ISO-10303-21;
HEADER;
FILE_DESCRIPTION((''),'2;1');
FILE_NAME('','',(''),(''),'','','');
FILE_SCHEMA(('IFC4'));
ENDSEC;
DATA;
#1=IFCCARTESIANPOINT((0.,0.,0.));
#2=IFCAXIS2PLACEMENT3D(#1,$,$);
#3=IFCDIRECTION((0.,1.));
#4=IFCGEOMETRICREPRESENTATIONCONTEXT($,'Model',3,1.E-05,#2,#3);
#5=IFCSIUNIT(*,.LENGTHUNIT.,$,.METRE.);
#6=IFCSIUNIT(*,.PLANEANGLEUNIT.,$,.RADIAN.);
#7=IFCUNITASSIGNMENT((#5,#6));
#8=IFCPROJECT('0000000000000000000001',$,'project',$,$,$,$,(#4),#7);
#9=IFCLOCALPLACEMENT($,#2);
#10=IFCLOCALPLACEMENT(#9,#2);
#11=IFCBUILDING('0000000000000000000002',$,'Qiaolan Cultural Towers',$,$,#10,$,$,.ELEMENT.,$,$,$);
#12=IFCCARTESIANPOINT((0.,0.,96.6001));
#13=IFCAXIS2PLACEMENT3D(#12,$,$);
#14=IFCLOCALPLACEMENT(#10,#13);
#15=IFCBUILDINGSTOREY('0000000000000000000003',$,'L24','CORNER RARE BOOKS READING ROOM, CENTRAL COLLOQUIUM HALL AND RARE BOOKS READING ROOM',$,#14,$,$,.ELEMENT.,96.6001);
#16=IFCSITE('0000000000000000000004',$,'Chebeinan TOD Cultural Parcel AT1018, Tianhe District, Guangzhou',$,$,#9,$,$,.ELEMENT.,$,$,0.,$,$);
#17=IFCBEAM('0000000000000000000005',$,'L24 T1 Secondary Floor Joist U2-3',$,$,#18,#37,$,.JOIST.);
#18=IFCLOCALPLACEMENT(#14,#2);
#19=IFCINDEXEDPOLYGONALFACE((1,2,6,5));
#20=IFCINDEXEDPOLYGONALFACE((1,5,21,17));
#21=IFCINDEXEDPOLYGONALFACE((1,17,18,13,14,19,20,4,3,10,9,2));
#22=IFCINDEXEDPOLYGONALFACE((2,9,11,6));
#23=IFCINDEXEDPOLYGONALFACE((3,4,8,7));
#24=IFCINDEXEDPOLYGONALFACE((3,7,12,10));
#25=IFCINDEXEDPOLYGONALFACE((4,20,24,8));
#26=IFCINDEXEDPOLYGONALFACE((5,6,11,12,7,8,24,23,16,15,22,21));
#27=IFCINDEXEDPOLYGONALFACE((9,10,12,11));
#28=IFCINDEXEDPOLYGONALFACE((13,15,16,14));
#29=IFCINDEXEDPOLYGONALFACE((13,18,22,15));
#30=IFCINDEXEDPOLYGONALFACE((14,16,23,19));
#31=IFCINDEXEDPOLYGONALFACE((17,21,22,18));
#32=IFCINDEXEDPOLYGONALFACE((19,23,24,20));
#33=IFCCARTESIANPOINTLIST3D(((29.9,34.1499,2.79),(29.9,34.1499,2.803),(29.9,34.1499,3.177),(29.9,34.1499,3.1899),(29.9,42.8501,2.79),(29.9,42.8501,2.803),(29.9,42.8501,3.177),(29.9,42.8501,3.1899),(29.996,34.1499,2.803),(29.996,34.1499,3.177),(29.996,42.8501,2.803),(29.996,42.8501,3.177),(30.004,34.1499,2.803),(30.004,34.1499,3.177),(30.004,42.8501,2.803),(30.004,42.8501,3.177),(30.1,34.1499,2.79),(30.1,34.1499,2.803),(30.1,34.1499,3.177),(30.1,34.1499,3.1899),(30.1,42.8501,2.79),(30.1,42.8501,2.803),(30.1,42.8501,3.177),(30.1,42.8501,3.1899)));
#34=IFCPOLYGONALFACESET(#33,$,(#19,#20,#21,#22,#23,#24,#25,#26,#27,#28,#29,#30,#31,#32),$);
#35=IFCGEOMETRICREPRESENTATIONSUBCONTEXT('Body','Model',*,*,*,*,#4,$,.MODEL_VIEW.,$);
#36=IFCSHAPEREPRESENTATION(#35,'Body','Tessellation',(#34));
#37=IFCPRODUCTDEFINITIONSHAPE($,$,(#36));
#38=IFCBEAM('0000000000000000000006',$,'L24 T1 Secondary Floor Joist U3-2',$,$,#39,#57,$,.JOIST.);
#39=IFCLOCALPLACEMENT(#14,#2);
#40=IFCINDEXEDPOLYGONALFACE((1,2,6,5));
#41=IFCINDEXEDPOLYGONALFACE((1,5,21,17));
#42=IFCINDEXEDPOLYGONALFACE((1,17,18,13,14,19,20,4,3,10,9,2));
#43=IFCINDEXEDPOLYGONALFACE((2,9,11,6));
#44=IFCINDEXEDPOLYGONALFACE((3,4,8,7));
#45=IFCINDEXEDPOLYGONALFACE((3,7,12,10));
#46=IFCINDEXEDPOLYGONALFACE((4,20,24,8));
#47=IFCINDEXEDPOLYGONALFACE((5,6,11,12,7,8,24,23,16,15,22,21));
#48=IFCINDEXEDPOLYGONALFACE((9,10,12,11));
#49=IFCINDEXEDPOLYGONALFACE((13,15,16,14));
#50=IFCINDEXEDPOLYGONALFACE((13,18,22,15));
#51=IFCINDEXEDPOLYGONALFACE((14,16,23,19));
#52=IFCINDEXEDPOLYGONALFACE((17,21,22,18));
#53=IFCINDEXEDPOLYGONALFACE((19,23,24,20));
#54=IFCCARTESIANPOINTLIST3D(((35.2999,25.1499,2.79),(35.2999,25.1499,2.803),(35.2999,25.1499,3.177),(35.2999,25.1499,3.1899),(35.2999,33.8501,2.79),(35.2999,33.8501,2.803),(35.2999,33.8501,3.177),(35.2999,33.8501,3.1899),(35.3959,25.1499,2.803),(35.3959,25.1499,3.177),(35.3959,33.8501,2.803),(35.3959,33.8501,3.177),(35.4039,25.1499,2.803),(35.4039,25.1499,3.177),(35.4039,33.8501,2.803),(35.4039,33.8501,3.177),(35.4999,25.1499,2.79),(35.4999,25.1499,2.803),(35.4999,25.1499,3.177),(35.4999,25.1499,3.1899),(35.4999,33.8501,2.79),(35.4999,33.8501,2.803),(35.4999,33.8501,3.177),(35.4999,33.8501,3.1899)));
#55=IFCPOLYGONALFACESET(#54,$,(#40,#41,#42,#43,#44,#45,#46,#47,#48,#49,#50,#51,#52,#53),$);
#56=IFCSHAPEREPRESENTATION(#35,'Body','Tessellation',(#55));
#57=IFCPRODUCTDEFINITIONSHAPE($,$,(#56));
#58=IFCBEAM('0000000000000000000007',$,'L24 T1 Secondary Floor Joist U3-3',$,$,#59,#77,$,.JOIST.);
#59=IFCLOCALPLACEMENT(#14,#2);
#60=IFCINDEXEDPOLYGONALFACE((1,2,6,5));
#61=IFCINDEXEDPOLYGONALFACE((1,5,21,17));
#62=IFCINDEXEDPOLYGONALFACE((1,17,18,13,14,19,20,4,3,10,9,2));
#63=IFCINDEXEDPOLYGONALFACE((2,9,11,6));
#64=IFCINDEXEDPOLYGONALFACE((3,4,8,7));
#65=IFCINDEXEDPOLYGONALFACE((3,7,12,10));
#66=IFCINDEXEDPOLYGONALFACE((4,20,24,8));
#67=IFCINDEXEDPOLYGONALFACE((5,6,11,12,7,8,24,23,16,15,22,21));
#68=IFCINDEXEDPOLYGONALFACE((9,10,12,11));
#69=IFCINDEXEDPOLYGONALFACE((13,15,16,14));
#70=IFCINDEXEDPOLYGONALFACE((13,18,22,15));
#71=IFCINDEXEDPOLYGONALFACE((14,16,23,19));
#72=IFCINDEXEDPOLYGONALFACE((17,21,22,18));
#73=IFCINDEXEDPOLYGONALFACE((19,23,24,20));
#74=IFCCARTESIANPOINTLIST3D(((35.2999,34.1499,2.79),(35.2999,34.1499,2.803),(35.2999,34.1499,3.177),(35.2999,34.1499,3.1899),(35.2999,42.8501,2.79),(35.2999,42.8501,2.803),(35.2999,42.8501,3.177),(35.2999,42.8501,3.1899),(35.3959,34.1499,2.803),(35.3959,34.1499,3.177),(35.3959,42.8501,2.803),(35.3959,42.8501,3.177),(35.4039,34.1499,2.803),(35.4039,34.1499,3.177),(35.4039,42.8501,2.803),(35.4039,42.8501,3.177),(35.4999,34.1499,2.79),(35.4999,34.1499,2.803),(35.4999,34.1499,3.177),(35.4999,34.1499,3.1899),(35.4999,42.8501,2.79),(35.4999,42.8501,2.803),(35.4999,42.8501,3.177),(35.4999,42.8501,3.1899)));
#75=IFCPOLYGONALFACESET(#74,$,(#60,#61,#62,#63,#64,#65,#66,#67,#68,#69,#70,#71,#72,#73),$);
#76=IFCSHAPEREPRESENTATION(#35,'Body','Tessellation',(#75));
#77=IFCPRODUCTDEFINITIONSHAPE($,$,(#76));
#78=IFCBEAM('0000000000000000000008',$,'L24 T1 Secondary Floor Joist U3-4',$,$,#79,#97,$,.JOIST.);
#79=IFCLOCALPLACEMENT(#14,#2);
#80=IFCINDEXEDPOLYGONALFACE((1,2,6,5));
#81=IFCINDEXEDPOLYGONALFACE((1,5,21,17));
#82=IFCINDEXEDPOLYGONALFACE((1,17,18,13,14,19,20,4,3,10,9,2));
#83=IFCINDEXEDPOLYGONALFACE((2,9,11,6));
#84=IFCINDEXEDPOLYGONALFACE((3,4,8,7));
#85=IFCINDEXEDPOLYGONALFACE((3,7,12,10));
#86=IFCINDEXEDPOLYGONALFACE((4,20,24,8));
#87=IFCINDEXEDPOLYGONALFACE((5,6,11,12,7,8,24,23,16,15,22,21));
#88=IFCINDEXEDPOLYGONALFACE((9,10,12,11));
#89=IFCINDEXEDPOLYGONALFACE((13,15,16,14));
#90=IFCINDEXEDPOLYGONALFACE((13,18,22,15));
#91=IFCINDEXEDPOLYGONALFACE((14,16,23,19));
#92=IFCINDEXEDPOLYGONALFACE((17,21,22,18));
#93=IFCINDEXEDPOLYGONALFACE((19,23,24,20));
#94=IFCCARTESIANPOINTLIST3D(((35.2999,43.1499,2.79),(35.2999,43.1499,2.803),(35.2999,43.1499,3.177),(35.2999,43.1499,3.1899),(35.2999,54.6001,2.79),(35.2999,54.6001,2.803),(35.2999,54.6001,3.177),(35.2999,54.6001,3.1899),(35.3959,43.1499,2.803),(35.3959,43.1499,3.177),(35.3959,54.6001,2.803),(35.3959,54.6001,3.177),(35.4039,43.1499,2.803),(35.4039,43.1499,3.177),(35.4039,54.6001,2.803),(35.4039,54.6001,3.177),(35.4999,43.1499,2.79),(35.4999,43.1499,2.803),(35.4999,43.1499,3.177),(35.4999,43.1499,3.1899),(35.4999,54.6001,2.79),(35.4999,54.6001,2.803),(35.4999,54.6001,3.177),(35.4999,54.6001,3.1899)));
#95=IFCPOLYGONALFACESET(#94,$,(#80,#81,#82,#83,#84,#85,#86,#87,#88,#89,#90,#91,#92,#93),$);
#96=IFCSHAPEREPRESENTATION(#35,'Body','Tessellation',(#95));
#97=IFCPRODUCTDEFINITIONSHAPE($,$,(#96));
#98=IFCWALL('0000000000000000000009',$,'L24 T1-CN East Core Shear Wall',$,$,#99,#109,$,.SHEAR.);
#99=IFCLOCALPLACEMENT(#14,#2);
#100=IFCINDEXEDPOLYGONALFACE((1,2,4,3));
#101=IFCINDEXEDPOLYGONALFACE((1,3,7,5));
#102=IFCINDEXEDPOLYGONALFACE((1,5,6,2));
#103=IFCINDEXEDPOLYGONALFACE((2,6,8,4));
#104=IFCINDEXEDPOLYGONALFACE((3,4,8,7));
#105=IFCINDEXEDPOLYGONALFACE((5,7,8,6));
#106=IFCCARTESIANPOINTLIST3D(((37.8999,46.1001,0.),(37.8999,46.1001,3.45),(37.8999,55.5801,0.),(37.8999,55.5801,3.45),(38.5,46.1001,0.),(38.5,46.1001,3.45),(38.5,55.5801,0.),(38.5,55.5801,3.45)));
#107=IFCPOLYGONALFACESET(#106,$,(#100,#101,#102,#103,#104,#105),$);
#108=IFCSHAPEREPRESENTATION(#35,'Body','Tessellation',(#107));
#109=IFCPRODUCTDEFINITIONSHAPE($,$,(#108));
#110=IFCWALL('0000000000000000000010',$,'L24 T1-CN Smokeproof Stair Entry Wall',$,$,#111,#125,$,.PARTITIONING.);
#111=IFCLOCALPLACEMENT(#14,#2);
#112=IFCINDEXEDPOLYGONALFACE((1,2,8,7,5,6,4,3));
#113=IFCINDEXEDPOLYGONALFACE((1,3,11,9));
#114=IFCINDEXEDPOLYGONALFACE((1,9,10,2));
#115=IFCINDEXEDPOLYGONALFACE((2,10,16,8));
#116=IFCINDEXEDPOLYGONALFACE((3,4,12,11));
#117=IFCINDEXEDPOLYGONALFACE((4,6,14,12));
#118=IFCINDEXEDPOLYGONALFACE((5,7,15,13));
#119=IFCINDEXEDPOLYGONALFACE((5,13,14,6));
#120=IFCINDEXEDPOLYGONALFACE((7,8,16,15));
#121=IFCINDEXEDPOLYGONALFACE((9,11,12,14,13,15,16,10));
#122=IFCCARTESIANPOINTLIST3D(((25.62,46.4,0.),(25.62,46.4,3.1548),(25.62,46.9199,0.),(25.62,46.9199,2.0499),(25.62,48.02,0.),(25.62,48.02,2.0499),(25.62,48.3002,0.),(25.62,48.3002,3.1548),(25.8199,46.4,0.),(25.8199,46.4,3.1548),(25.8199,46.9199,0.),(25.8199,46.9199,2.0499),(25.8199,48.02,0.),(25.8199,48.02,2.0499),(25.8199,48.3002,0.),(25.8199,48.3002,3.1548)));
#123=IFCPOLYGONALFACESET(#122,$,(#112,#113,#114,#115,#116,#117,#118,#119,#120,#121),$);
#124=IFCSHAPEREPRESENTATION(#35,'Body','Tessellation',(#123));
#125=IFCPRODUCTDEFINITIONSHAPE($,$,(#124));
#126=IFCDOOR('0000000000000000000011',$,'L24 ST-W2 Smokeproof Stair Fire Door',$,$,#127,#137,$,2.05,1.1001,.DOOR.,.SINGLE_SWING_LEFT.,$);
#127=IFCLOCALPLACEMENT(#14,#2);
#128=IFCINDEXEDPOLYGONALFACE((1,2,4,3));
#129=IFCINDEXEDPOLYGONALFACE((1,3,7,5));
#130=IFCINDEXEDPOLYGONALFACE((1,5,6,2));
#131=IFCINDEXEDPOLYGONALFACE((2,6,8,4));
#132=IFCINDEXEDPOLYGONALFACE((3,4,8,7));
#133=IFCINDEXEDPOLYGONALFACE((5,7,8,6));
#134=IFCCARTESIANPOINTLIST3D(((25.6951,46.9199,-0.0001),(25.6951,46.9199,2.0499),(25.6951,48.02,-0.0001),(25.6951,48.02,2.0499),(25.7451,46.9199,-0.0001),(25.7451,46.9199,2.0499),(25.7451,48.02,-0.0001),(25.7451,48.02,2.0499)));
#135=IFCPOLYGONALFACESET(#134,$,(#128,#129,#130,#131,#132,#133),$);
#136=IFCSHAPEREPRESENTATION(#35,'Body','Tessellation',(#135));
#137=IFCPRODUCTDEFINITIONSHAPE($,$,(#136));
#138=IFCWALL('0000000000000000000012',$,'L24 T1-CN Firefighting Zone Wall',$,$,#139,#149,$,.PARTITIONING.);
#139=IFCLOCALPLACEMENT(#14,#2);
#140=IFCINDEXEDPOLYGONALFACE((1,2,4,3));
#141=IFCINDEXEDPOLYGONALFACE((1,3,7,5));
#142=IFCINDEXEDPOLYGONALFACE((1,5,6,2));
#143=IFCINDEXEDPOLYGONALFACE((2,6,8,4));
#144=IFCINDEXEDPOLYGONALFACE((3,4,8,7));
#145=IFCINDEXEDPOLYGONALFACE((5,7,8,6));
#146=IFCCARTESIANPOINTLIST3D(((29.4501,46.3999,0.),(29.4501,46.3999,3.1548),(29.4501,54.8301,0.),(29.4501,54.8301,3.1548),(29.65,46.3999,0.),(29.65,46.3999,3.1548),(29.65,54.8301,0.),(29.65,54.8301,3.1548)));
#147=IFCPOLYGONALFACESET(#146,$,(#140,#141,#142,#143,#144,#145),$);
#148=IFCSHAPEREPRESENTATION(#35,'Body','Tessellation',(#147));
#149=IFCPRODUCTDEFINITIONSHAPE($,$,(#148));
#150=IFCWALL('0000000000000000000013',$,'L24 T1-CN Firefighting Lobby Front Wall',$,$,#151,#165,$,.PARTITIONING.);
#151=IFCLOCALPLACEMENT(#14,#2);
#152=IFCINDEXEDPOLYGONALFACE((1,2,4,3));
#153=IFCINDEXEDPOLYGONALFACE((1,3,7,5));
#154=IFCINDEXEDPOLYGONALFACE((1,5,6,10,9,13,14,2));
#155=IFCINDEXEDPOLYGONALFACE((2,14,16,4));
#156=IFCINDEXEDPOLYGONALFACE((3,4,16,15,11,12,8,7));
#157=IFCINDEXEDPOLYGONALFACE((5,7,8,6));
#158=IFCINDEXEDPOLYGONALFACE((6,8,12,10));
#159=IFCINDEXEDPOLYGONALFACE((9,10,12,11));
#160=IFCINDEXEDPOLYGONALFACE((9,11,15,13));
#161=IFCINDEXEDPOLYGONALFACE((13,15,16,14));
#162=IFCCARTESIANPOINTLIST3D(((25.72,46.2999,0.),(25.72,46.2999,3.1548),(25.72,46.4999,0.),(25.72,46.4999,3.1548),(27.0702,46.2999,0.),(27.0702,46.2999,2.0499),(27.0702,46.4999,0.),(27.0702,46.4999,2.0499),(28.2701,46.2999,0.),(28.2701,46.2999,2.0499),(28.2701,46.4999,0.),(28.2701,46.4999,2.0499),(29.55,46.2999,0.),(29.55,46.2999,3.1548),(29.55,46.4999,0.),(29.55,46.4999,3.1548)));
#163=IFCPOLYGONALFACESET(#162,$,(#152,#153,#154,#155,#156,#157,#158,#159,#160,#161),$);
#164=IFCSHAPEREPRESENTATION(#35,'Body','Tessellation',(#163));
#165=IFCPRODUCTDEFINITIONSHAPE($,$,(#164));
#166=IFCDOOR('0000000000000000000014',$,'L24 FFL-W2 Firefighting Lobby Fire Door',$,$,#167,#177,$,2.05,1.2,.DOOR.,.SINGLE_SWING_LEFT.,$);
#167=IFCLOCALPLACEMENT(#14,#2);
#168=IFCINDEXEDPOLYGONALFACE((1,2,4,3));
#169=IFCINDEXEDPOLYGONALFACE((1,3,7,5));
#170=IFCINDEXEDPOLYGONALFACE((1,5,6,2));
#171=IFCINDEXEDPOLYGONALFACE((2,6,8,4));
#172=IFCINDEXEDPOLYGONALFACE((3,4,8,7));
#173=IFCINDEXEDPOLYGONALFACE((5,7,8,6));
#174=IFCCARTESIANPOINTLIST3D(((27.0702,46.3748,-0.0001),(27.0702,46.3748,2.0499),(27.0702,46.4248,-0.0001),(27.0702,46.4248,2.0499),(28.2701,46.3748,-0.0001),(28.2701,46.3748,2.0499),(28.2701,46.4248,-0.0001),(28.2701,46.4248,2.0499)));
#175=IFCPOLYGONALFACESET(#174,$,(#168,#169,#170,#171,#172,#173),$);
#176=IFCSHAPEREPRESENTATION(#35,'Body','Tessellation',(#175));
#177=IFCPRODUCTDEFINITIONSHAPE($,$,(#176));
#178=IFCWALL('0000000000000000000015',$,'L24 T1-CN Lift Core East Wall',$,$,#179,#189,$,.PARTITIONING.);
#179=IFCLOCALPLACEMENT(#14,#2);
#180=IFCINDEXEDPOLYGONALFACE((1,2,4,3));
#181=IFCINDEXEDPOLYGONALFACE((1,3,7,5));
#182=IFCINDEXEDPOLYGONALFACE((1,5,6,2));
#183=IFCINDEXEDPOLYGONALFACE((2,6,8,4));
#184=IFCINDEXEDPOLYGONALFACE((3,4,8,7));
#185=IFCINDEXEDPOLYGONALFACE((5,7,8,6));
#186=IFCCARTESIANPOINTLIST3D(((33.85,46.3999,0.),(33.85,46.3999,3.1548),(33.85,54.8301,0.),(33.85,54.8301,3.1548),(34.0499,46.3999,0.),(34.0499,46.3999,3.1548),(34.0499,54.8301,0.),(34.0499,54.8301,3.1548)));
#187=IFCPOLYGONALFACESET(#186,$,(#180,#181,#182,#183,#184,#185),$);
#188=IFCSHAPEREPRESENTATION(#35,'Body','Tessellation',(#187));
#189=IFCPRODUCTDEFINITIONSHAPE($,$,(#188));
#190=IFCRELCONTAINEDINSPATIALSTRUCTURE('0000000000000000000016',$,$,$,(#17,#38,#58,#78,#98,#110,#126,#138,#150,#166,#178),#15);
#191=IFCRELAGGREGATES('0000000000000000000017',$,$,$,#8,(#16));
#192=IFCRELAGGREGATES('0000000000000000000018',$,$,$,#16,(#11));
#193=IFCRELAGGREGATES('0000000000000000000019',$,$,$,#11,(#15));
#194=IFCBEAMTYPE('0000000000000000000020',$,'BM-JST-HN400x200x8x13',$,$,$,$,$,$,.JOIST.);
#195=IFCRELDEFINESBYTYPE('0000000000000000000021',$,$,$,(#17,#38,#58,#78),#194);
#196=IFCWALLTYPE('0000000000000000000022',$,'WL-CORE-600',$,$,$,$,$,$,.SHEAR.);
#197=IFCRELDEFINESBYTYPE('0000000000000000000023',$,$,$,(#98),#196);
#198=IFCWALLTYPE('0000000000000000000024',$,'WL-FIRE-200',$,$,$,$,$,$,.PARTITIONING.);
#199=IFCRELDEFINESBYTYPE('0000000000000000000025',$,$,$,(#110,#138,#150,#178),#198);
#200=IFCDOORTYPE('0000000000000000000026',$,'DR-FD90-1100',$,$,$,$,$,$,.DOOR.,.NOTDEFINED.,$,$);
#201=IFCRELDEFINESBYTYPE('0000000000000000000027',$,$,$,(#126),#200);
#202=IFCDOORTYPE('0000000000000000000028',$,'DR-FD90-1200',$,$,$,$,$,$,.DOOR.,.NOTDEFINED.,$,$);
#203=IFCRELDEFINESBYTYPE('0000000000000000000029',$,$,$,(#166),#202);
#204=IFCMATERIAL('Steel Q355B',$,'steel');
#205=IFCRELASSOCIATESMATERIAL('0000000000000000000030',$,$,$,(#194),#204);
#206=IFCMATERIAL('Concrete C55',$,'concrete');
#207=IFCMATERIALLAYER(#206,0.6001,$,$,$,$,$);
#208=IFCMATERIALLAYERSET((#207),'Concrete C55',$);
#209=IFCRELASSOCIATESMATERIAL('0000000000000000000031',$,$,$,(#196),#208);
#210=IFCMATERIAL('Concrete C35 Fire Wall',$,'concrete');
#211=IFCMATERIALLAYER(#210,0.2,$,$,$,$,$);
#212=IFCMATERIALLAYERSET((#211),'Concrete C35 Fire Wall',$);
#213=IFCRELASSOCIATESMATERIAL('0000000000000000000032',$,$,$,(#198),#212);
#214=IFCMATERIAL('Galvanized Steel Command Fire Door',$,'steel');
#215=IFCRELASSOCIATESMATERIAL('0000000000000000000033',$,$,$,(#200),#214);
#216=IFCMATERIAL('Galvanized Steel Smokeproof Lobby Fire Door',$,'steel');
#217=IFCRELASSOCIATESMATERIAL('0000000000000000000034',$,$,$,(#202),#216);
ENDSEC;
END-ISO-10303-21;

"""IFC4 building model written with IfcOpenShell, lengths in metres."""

from ifc_helpers import new_model, si_unit, direction, frame, frame_2d, origin, origin_2d, place, context, subcontext, project, spatial, rectangle, i_section, extrude, material, layer, layer_set, material_profile, profile_set, type_object, element, fill, save


model = new_model("IFC4")

# Units and contexts
model_context = context("Model", 3, precision=1e-05, world=origin(), true_north=direction((0.0, 1.0)))
body_context = subcontext(model_context, "Body", "Model", "MODEL_VIEW")
ifc_project = project(units=[si_unit("LENGTHUNIT", "METRE"), si_unit("PLANEANGLEUNIT", "RADIAN")], contexts=[model_context])

# Site, building, storey
site_placement = place(None, origin())
site = spatial("IfcSite", under=ifc_project, at=site_placement, Name="Chebeinan TOD Cultural Parcel AT1018, Tianhe District, Guangzhou", CompositionType="ELEMENT", RefElevation=0.0)
building_placement = place(site_placement, origin())
building = spatial("IfcBuilding", under=site, at=building_placement, Name="Qiaolan Cultural Towers", CompositionType="ELEMENT")
storey_placement = place(building_placement, frame((0.0, 0.0, 96.6001)))
storey = spatial("IfcBuildingStorey", under=building, at=storey_placement, Name="L24", Description="CORNER RARE BOOKS READING ROOM, CENTRAL COLLOQUIUM HALL AND RARE BOOKS READING ROOM", CompositionType="ELEMENT", Elevation=96.6001)

# Beams
ifc_material_1 = material(Name="Steel Q355B", Category="steel")
ifc_material_profile = material_profile(ifc_material_1, i_section(OverallWidth=0.2, OverallDepth=0.3999, WebThickness=0.0081, FlangeThickness=0.0129, at=origin_2d()), Name="HN400x200x8x13")
ifc_profile_set = profile_set([ifc_material_profile], Name="Steel Q355B")
beam_type = type_object("IfcBeamType", Name="BM-JST-HN400x200x8x13", PredefinedType="JOIST", material=ifc_profile_set)
for number, where, z_axis, x_axis, name in (
    (1, (30.0, 34.1499, 2.99), (0.0, 1.0, 0.0), (-1.0, 0.0, 0.0), "L24 T1 Secondary Floor Joist U2-3"),
    (2, (35.3999, 25.1499, 2.99), (0.0, 1.0, 0.0), (-1.0, 0.0, 0.0), "L24 T1 Secondary Floor Joist U3-2"),
    (3, (35.3999, 34.1499, 2.99), (0.0, 1.0, 0.0), (-1.0, 0.0, 0.0), "L24 T1 Secondary Floor Joist U3-3"),
):
    element("IfcBeam", number, at=place(storey_placement, frame(where, z_axis=z_axis, x_axis=x_axis)), inside=storey, type_object=beam_type, Name=name, PredefinedType="JOIST", context=body_context, shape_type="SweptSolid", body=[
        extrude(i_section(OverallWidth=0.2, OverallDepth=0.3999, WebThickness=0.0081, FlangeThickness=0.0129, at=origin_2d()), origin(), (0.0, 0.0, 1.0), 8.7002),
    ])
beam_placement = place(storey_placement, frame((35.3999, 43.1499, 2.99), z_axis=(0.0, 1.0, 0.0), x_axis=(-1.0, 0.0, 0.0)))
element("IfcBeam", 4, at=beam_placement, inside=storey, type_object=beam_type, Name="L24 T1 Secondary Floor Joist U3-4", PredefinedType="JOIST", context=body_context, shape_type="SweptSolid", body=[
    extrude(i_section(OverallWidth=0.2, OverallDepth=0.3999, WebThickness=0.0081, FlangeThickness=0.0129, at=origin_2d()), origin(), (0.0, 0.0, 1.0), 11.4502),
])

# Wall
ifc_material_2 = material(Name="Concrete C55", Category="concrete")
ifc_layer_1 = layer(ifc_material_2, 0.6001)
ifc_layer_set_1 = layer_set([ifc_layer_1], Name="Concrete C55")
wall_type_1 = type_object("IfcWallType", Name="WL-CORE-600", PredefinedType="SHEAR", material=ifc_layer_set_1)
wall_1_placement = place(storey_placement, frame((38.2, 46.1001, 0.0), z_axis=(0.0, 0.0, 1.0), x_axis=(0.0, 1.0, 0.0)))
element("IfcWall", 5, at=wall_1_placement, inside=storey, type_object=wall_type_1, Name="L24 T1-CN East Core Shear Wall", PredefinedType="SHEAR", context=body_context, shape_type="SweptSolid", body=[
    extrude(rectangle(XDim=9.48, YDim=0.6001, at=frame_2d((4.74, 0.0))), origin(), (0.0, 0.0, 1.0), 3.45),
])

# Wall, opening, door
ifc_material_3 = material(Name="Concrete C35 Fire Wall", Category="concrete")
ifc_layer_2 = layer(ifc_material_3, 0.2)
ifc_layer_set_2 = layer_set([ifc_layer_2], Name="Concrete C35 Fire Wall")
wall_type_2 = type_object("IfcWallType", Name="WL-FIRE-200", PredefinedType="PARTITIONING", material=ifc_layer_set_2)
wall_2_placement = place(storey_placement, frame((25.72, 46.3999, 0.0), z_axis=(0.0, 0.0, 1.0), x_axis=(0.0, 1.0, 0.0)))
wall_2 = element("IfcWall", 6, at=wall_2_placement, inside=storey, type_object=wall_type_2, Name="L24 T1-CN Smokeproof Stair Entry Wall", PredefinedType="PARTITIONING", context=body_context, shape_type="SweptSolid", body=[
    extrude(rectangle(XDim=1.9001, YDim=0.2, at=frame_2d((0.9502, 0.0))), origin(), (0.0, 0.0, 1.0), 3.1548),
])
opening_1_placement = place(wall_2_placement, frame((0.52, 0.0, 0.0)))
opening_1 = element("IfcOpeningElement", 7, at=opening_1_placement, cuts=wall_2, PredefinedType="OPENING", context=body_context, shape_type="SweptSolid", body=[
    extrude(rectangle(XDim=1.1001, YDim=2.05, at=frame_2d((0.55, 1.0249))), frame((0.0, 0.1099, 0.0), z_axis=(0.0, -1.0, 0.0), x_axis=(1.0, 0.0, 0.0)), (0.0, 0.0, 1.0), 0.22),
])
ifc_material_4 = material(Name="Galvanized Steel Command Fire Door", Category="steel")
door_type_1 = type_object("IfcDoorType", Name="DR-FD90-1100", OperationType="NOTDEFINED", PredefinedType="DOOR", material=ifc_material_4)
door_1_placement = place(opening_1_placement, origin())
door_1 = element("IfcDoor", 8, at=door_1_placement, inside=storey, type_object=door_type_1, Name="L24 ST-W2 Smokeproof Stair Fire Door", OperationType="SINGLE_SWING_LEFT", OverallHeight=2.05, OverallWidth=1.1001, PredefinedType="DOOR", context=body_context, shape_type="SweptSolid", body=[
    extrude(rectangle(XDim=1.1001, YDim=2.05, at=frame_2d((0.55, 1.0249))), frame((0.0, 0.0249, 0.0), z_axis=(0.0, -1.0, 0.0), x_axis=(1.0, 0.0, 0.0)), (0.0, 0.0, 1.0), 0.05),
])
fill(opening_1, door_1)

# Wall
wall_3_placement = place(storey_placement, frame((29.55, 46.3999, 0.0), z_axis=(0.0, 0.0, 1.0), x_axis=(0.0, 1.0, 0.0)))
element("IfcWall", 9, at=wall_3_placement, inside=storey, type_object=wall_type_2, Name="L24 T1-CN Firefighting Zone Wall", PredefinedType="PARTITIONING", context=body_context, shape_type="SweptSolid", body=[
    extrude(rectangle(XDim=8.4302, YDim=0.2, at=frame_2d((4.2151, 0.0))), origin(), (0.0, 0.0, 1.0), 3.1548),
])

# Wall, opening, door
wall_4_placement = place(storey_placement, frame((25.72, 46.3999, 0.0), z_axis=(0.0, 0.0, 1.0), x_axis=(1.0, 0.0, 0.0)))
wall_4 = element("IfcWall", 10, at=wall_4_placement, inside=storey, type_object=wall_type_2, Name="L24 T1-CN Firefighting Lobby Front Wall", PredefinedType="PARTITIONING", context=body_context, shape_type="SweptSolid", body=[
    extrude(rectangle(XDim=3.8301, YDim=0.2, at=frame_2d((1.915, 0.0))), origin(), (0.0, 0.0, 1.0), 3.1548),
])
opening_2_placement = place(wall_4_placement, frame((1.3501, 0.0, 0.0)))
opening_2 = element("IfcOpeningElement", 11, at=opening_2_placement, cuts=wall_4, PredefinedType="OPENING", context=body_context, shape_type="SweptSolid", body=[
    extrude(rectangle(XDim=1.2, YDim=2.05, at=frame_2d((0.6001, 1.0249))), frame((0.0, 0.1099, 0.0), z_axis=(0.0, -1.0, 0.0), x_axis=(1.0, 0.0, 0.0)), (0.0, 0.0, 1.0), 0.22),
])
ifc_material_5 = material(Name="Galvanized Steel Smokeproof Lobby Fire Door", Category="steel")
door_type_2 = type_object("IfcDoorType", Name="DR-FD90-1200", OperationType="NOTDEFINED", PredefinedType="DOOR", material=ifc_material_5)
door_2_placement = place(opening_2_placement, origin())
door_2 = element("IfcDoor", 12, at=door_2_placement, inside=storey, type_object=door_type_2, Name="L24 FFL-W2 Firefighting Lobby Fire Door", OperationType="SINGLE_SWING_LEFT", OverallHeight=2.05, OverallWidth=1.2, PredefinedType="DOOR", context=body_context, shape_type="SweptSolid", body=[
    extrude(rectangle(XDim=1.2, YDim=2.05, at=frame_2d((0.6001, 1.0249))), frame((0.0, 0.0249, 0.0), z_axis=(0.0, -1.0, 0.0), x_axis=(1.0, 0.0, 0.0)), (0.0, 0.0, 1.0), 0.05),
])
fill(opening_2, door_2)

# Wall
wall_5_placement = place(storey_placement, frame((33.95, 46.3999, 0.0), z_axis=(0.0, 0.0, 1.0), x_axis=(0.0, 1.0, 0.0)))
element("IfcWall", 13, at=wall_5_placement, inside=storey, type_object=wall_type_2, Name="L24 T1-CN Lift Core East Wall", PredefinedType="PARTITIONING", context=body_context, shape_type="SweptSolid", body=[
    extrude(rectangle(XDim=8.4302, YDim=0.2, at=frame_2d((4.2151, 0.0))), origin(), (0.0, 0.0, 1.0), 3.1548),
])

save(model, "model.ifc")
